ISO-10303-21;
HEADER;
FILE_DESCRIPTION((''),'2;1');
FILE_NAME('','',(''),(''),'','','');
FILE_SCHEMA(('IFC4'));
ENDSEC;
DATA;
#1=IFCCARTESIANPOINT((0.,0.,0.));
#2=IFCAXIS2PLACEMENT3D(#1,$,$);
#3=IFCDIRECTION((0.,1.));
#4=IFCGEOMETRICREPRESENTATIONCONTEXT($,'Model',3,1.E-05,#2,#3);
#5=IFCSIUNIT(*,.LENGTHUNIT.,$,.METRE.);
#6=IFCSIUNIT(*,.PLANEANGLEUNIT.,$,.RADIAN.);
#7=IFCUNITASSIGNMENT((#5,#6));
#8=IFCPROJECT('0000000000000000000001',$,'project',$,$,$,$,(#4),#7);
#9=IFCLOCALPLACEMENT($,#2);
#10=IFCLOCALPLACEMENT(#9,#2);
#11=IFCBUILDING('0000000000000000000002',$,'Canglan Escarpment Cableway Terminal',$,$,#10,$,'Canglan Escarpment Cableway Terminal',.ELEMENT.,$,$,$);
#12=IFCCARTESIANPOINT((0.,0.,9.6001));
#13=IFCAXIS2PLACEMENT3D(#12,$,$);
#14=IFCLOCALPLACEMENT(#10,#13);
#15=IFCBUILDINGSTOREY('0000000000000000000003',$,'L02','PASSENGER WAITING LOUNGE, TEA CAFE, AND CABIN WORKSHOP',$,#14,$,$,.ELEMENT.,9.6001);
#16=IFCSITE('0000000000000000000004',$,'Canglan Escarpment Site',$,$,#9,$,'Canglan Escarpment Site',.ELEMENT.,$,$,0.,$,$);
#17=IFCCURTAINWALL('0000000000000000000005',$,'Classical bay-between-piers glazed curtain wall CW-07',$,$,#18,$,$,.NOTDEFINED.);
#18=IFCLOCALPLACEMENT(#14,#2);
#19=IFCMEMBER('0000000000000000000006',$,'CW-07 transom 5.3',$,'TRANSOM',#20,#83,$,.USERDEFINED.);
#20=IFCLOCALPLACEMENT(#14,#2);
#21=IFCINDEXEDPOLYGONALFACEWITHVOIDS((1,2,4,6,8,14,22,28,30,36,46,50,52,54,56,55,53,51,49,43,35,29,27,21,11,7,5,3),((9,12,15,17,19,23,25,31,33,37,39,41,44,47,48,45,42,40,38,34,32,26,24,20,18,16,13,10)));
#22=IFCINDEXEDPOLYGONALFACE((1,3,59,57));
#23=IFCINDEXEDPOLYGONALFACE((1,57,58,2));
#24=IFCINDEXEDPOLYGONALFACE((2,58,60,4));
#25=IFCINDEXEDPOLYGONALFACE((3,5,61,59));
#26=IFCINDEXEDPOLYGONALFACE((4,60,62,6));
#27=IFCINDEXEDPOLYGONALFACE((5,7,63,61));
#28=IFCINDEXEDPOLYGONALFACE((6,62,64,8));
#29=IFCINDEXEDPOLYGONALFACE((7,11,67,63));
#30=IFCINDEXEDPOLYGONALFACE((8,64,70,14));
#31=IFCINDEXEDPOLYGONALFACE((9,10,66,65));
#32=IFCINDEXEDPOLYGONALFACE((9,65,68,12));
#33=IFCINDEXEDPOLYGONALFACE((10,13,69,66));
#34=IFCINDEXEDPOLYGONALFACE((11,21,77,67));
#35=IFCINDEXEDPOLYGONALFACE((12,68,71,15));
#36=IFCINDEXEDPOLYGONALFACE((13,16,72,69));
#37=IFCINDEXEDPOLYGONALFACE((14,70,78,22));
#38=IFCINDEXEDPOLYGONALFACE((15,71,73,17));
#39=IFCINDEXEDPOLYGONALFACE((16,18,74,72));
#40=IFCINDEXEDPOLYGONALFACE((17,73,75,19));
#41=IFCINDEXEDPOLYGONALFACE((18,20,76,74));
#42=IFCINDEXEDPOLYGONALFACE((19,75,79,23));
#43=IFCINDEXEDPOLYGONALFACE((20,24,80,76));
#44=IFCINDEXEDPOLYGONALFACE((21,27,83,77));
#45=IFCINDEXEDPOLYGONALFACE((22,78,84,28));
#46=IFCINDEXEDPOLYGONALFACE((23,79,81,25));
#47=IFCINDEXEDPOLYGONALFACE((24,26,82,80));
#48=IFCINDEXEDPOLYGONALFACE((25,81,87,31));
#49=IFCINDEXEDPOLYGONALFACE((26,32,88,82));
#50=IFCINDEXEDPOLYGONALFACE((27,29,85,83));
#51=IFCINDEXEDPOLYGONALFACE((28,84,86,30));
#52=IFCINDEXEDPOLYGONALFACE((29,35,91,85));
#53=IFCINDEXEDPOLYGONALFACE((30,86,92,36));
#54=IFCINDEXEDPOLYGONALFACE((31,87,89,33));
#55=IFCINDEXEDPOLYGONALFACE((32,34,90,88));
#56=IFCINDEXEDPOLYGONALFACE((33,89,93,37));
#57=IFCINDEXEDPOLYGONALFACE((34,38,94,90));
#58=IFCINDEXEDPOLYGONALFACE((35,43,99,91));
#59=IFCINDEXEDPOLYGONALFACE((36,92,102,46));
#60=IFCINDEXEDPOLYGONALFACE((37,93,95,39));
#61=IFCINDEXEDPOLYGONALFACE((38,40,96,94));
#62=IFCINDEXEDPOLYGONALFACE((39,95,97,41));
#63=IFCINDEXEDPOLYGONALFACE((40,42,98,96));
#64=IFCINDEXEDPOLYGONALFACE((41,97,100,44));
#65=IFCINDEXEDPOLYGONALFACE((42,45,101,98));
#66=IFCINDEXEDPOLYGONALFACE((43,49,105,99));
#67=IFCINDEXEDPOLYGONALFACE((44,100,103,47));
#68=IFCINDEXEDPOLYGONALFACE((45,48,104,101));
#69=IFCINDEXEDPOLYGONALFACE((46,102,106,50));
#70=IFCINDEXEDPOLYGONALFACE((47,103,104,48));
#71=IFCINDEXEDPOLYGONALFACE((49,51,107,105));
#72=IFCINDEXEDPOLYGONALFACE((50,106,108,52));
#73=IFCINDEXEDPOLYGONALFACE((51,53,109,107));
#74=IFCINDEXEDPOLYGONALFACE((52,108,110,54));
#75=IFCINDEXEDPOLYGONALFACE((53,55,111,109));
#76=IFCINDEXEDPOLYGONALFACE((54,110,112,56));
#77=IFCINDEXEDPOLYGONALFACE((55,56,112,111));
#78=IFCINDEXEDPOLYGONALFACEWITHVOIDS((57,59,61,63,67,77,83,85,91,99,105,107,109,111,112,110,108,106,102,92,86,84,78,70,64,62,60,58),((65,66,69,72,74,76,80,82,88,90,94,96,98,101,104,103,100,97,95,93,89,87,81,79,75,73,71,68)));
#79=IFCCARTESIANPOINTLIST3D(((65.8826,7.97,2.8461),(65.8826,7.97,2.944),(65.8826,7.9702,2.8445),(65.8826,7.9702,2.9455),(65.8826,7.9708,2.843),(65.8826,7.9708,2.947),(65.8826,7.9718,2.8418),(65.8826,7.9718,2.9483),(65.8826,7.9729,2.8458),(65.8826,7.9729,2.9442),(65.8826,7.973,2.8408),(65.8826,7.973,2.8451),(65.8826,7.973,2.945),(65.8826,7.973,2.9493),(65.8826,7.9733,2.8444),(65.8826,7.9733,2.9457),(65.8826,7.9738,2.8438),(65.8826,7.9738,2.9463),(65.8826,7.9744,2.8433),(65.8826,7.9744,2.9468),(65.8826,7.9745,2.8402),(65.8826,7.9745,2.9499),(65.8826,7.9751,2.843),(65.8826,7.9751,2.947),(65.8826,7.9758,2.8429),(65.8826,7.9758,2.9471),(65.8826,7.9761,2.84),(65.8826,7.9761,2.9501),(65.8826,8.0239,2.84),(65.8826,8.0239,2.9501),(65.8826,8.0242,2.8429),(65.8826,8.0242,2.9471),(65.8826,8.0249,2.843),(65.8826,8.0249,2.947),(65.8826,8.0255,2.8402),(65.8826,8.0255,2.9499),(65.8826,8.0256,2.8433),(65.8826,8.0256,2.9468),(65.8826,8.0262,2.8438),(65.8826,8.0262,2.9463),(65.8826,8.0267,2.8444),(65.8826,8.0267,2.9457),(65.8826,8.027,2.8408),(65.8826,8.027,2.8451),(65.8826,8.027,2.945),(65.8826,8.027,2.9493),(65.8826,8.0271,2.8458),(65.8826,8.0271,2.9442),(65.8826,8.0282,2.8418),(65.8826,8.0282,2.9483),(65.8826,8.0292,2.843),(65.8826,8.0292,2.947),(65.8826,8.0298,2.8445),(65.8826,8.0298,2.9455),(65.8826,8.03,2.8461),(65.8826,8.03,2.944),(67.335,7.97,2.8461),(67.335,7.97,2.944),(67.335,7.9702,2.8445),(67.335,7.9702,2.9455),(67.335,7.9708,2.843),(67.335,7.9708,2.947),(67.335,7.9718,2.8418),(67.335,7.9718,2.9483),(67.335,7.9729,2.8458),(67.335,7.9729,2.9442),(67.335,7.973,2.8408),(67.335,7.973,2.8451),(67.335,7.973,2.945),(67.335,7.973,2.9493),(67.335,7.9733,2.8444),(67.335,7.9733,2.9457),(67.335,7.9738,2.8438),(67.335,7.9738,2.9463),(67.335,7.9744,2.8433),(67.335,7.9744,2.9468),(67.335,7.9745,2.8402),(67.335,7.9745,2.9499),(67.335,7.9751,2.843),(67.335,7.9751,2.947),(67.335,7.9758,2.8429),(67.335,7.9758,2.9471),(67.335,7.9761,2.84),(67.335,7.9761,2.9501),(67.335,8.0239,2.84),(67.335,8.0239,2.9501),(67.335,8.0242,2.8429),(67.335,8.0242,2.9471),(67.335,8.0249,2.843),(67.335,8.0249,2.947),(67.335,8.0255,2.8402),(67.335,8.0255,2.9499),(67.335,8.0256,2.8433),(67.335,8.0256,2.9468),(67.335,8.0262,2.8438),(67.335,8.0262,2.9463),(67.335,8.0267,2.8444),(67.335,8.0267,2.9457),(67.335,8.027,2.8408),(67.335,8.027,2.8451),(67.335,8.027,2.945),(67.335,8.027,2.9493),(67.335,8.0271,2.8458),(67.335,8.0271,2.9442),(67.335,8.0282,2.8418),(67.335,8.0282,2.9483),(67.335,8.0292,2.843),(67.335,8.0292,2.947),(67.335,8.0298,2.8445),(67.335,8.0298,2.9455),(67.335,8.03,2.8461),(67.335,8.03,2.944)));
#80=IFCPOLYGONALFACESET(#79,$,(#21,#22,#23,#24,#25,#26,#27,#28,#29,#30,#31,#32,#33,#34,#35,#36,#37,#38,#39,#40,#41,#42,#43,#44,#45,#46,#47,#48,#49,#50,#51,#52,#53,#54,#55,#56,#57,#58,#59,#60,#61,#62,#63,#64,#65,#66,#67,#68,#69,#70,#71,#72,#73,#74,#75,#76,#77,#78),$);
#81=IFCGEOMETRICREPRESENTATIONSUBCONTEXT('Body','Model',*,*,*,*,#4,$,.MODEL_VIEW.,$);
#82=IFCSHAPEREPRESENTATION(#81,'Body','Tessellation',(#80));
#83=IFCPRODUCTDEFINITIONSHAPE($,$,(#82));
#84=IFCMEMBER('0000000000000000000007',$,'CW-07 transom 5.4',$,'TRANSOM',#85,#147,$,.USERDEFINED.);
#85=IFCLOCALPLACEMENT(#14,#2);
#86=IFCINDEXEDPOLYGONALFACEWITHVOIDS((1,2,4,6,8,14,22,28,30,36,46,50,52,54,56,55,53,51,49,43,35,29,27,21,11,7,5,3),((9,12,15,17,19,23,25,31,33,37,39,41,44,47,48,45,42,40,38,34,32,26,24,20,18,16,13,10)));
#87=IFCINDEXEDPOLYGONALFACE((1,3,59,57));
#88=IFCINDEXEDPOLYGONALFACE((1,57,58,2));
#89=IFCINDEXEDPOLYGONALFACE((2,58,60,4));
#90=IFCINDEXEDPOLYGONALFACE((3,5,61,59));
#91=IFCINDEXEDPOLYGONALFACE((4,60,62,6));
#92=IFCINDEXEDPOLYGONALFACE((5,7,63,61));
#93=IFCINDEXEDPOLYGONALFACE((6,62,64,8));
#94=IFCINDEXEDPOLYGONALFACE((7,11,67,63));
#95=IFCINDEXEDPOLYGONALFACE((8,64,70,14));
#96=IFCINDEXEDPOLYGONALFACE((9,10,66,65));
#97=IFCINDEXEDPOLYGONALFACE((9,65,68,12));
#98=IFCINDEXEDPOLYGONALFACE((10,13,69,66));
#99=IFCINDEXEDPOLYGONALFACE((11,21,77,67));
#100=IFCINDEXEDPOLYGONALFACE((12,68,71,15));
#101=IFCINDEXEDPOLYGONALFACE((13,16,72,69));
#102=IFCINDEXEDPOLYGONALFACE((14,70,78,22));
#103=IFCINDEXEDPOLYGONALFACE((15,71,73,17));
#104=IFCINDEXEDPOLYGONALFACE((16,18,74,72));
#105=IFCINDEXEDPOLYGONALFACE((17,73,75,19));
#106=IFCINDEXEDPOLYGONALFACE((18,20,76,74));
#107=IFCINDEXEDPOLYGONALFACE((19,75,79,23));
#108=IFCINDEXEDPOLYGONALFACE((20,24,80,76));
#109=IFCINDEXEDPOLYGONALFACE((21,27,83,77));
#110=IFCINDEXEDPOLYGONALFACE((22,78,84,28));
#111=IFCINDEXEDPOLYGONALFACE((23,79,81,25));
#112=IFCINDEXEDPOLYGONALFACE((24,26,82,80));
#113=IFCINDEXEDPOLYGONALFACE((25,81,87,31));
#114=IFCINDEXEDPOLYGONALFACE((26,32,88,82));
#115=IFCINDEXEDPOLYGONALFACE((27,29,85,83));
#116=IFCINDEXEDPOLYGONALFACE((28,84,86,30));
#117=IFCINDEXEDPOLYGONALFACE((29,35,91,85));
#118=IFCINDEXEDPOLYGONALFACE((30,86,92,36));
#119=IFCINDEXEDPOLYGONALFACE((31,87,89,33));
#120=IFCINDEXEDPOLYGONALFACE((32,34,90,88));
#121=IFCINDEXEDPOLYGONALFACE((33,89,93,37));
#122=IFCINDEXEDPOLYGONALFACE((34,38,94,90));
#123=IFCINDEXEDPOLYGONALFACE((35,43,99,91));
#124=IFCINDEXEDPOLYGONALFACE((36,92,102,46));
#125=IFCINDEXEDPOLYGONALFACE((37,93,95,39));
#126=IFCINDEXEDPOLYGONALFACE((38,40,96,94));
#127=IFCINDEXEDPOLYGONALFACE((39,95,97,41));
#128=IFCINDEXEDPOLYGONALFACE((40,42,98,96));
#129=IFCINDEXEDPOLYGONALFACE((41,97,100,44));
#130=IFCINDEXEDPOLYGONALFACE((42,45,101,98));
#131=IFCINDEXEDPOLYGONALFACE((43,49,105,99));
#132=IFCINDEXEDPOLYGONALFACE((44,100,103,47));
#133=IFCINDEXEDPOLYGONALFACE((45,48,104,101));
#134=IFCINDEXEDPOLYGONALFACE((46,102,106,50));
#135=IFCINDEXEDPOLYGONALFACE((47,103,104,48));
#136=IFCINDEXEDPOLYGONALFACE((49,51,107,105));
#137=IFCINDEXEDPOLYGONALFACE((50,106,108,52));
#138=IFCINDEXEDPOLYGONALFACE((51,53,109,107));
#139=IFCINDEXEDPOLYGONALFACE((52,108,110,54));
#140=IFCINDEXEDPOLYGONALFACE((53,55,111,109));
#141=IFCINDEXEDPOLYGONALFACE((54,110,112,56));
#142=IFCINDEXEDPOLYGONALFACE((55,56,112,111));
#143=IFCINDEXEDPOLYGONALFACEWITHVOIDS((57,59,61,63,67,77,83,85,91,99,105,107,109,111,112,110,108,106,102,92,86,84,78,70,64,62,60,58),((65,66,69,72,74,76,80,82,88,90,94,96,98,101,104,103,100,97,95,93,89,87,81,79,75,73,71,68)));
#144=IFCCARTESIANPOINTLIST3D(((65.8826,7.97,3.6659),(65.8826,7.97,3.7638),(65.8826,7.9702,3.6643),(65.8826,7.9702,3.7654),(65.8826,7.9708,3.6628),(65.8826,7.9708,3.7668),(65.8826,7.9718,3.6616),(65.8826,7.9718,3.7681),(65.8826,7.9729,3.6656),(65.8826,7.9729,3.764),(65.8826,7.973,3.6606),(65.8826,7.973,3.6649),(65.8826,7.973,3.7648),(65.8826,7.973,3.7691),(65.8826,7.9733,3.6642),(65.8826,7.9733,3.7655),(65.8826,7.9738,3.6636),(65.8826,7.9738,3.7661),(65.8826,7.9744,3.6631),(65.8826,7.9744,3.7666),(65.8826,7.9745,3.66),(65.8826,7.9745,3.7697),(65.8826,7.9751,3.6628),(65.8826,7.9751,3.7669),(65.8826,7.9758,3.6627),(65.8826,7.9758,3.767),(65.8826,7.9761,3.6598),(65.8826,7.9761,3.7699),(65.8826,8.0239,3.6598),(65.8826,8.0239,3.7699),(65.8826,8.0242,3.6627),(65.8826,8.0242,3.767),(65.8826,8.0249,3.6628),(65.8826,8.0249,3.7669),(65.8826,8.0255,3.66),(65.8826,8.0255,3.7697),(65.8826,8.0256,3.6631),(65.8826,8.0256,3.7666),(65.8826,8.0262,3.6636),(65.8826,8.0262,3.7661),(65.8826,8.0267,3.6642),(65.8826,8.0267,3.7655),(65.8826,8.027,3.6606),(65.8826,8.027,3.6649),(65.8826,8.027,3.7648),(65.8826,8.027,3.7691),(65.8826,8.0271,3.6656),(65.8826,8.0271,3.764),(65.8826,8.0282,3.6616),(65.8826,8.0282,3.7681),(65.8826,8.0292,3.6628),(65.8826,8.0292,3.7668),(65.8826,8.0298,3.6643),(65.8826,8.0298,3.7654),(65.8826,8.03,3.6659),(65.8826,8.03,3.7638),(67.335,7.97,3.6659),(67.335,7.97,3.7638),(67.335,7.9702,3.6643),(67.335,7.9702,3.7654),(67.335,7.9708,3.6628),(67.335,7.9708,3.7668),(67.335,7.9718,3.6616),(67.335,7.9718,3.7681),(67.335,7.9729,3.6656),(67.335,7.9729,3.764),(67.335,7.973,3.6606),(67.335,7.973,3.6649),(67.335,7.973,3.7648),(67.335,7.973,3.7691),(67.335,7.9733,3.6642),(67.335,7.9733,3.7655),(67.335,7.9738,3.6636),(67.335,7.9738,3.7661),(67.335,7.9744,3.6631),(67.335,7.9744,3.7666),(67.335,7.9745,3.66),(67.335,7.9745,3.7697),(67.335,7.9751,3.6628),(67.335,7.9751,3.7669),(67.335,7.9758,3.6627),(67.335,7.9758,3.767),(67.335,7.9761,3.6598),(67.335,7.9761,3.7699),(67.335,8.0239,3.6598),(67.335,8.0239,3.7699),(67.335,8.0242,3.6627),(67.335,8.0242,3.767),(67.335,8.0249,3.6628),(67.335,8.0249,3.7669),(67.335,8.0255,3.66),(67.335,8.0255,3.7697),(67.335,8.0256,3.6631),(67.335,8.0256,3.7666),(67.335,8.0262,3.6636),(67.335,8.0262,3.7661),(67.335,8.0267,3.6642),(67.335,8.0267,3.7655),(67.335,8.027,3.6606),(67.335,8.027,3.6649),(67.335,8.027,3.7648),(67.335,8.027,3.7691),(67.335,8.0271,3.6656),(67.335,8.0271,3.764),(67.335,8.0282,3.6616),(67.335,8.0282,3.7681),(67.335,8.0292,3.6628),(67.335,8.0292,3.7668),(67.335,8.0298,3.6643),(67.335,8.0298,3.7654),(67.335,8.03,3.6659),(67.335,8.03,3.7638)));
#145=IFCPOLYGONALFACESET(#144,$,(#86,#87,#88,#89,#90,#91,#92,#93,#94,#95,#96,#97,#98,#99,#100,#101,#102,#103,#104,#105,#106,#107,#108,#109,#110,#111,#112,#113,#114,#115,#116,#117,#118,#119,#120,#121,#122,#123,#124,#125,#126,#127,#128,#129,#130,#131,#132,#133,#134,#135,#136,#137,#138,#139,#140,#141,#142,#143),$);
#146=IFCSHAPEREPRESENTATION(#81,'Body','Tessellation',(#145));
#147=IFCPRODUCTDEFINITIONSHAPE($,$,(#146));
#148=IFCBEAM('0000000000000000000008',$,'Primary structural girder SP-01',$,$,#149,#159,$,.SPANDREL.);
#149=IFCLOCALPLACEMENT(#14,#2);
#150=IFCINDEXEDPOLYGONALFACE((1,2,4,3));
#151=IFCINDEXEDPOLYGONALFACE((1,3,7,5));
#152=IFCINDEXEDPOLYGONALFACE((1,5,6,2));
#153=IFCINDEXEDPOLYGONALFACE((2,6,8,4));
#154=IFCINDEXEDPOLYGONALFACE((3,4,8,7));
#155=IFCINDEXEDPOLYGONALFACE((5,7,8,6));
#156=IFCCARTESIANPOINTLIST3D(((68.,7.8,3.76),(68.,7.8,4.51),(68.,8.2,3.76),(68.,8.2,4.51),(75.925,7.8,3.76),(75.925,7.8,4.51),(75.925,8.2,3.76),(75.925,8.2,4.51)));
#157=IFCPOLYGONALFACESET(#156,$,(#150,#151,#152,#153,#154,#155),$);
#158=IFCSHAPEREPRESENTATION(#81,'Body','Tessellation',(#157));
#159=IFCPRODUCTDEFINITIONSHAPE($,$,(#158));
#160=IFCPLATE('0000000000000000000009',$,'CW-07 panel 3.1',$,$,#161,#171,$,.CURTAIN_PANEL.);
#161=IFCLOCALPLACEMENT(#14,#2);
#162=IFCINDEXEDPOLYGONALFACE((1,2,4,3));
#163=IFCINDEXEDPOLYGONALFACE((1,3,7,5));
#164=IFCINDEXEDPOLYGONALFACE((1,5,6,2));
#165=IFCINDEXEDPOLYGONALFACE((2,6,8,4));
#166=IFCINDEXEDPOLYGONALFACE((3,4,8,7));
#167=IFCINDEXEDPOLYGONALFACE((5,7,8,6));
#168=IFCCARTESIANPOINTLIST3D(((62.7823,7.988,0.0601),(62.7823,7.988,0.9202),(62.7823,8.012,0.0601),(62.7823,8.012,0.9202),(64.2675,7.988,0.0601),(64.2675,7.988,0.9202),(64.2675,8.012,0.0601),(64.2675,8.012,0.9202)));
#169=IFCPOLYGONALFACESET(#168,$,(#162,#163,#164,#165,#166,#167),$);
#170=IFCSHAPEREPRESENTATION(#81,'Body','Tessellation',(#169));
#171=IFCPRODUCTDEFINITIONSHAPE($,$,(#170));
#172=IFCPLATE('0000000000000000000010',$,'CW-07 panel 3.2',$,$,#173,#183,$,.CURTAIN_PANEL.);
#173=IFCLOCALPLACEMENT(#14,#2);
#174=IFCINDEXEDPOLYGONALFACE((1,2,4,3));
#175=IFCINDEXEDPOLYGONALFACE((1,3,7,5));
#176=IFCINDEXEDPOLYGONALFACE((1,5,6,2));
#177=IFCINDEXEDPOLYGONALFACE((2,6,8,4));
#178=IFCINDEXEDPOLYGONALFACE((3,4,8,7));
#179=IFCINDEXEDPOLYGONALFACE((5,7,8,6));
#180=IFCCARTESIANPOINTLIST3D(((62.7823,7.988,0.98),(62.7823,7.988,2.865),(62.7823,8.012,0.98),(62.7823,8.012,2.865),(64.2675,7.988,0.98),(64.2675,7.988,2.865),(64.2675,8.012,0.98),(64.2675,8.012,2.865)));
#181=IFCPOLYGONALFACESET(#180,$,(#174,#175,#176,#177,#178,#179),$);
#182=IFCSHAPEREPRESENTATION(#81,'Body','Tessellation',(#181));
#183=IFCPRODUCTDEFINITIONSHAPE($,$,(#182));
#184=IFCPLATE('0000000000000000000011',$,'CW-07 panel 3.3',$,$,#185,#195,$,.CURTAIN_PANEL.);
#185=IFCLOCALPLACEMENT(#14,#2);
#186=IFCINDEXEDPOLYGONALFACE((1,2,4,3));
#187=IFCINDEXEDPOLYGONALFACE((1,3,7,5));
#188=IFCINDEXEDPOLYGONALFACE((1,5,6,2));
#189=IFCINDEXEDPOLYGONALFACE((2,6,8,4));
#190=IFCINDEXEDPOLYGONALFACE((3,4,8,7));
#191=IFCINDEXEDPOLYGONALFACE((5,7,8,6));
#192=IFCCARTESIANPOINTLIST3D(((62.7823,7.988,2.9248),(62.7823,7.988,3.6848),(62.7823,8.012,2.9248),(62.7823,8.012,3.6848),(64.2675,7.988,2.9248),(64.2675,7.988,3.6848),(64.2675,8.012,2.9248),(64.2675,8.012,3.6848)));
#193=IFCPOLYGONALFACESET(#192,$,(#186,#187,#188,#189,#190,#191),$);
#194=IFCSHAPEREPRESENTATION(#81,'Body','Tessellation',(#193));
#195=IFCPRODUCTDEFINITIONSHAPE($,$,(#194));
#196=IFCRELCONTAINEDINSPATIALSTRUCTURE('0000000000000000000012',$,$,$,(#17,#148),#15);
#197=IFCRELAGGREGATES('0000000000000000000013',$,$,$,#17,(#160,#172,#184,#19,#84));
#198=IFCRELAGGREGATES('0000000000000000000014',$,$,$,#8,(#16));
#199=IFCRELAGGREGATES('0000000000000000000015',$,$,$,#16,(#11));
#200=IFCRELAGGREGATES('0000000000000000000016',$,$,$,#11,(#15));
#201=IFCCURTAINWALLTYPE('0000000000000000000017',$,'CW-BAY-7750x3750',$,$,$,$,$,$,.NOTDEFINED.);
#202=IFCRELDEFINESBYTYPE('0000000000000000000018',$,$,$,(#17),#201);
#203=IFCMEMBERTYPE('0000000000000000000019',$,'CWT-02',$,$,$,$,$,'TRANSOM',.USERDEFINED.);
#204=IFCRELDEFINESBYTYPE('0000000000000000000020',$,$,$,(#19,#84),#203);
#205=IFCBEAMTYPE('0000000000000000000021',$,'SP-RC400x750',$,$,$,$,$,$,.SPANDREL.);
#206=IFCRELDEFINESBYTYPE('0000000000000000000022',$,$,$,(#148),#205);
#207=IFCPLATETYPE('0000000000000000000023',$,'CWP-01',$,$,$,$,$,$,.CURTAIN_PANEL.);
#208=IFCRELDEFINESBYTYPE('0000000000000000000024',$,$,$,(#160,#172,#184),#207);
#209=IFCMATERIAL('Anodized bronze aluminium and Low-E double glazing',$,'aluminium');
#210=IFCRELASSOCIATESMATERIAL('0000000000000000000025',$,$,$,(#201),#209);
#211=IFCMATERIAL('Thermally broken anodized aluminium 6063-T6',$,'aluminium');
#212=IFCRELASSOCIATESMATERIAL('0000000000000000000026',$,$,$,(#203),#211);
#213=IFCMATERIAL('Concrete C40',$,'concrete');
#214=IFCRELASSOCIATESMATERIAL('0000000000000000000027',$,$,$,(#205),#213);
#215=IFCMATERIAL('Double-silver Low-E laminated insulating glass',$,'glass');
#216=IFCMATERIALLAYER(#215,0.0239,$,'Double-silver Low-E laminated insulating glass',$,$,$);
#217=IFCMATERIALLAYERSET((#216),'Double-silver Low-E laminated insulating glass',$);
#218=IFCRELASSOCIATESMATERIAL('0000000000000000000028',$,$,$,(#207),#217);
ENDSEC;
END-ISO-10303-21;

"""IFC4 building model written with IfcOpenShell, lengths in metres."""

from ifc_helpers import new_model, si_unit, direction, frame, origin, origin_2d, place, context, subcontext, project, spatial, rectangle, hollow_rectangle, extrude, material, layer, layer_set, material_profile, profile_set, type_object, element, aggregate, save


model = new_model("IFC4")

# Units and contexts
model_context = context("Model", 3, precision=1e-05, world=origin(), true_north=direction((0.0, 1.0)))
body_context = subcontext(model_context, "Body", "Model", "MODEL_VIEW")
ifc_project = project(units=[si_unit("LENGTHUNIT", "METRE"), si_unit("PLANEANGLEUNIT", "RADIAN")], contexts=[model_context])

# Site, building, storey
site_placement = place(None, origin())
site = spatial("IfcSite", under=ifc_project, at=site_placement, Name="Canglan Escarpment Site", LongName="Canglan Escarpment Site", CompositionType="ELEMENT", RefElevation=0.0)
building_placement = place(site_placement, origin())
building = spatial("IfcBuilding", under=site, at=building_placement, Name="Canglan Escarpment Cableway Terminal", LongName="Canglan Escarpment Cableway Terminal", CompositionType="ELEMENT")
storey_placement = place(building_placement, frame((0.0, 0.0, 9.6001)))
storey = spatial("IfcBuildingStorey", under=building, at=storey_placement, Name="L02", Description="PASSENGER WAITING LOUNGE, TEA CAFE, AND CABIN WORKSHOP", CompositionType="ELEMENT", Elevation=9.6001)

# Shared definitions
ifc_material_1 = material(Name="Concrete C40", Category="concrete")

# Curtain wall, members
ifc_material_2 = material(Name="Anodized bronze aluminium and Low-E double glazing", Category="aluminium")
curtain_wall_type = type_object("IfcCurtainWallType", Name="CW-BAY-7750x3750", PredefinedType="NOTDEFINED", material=ifc_material_2)
curtain_wall_placement = place(storey_placement, origin())
curtain_wall = element("IfcCurtainWall", 1, at=curtain_wall_placement, inside=storey, type_object=curtain_wall_type, Name="Classical bay-between-piers glazed curtain wall CW-07", PredefinedType="NOTDEFINED")
ifc_material_3 = material(Name="Thermally broken anodized aluminium 6063-T6", Category="aluminium")
ifc_material_profile_1 = material_profile(ifc_material_3, hollow_rectangle(XDim=0.0601, YDim=0.1101, WallThickness=0.0029, InnerFilletRadius=0.0029, OuterFilletRadius=0.0061, at=origin_2d()), Name="ALU-TRAN 60x110x3")
ifc_profile_set_1 = profile_set([ifc_material_profile_1], Name="Thermally broken anodized aluminium 6063-T6")
member_type_1 = type_object("IfcMemberType", Name="CWT-02", ElementType="TRANSOM", PredefinedType="USERDEFINED", material=ifc_profile_set_1)
member_1_placement = place(storey_placement, frame((65.8826, 8.0, 2.895), z_axis=(1.0, 0.0, 0.0), x_axis=(0.0, 1.0, 0.0)))
member_1 = element("IfcMember", 2, at=member_1_placement, type_object=member_type_1, Name="CW-07 transom 5.3", ObjectType="TRANSOM", PredefinedType="USERDEFINED", context=body_context, shape_type="SweptSolid", body=[
    extrude(hollow_rectangle(XDim=0.0601, YDim=0.1101, WallThickness=0.0029, InnerFilletRadius=0.0029, OuterFilletRadius=0.0061, at=origin_2d()), origin(), (0.0, 0.0, 1.0), 1.4524),
])
member_2_placement = place(storey_placement, frame((65.8826, 8.0, 3.7148), z_axis=(1.0, 0.0, 0.0), x_axis=(0.0, 1.0, 0.0)))
member_2 = element("IfcMember", 3, at=member_2_placement, type_object=member_type_1, Name="CW-07 transom 5.4", ObjectType="TRANSOM", PredefinedType="USERDEFINED", context=body_context, shape_type="SweptSolid", body=[
    extrude(hollow_rectangle(XDim=0.0601, YDim=0.1101, WallThickness=0.0029, InnerFilletRadius=0.0029, OuterFilletRadius=0.0061, at=origin_2d()), origin(), (0.0, 0.0, 1.0), 1.4524),
])

# Beam
ifc_material_profile_2 = material_profile(ifc_material_1, rectangle(XDim=0.3999, YDim=0.75, at=origin_2d()), Name="RC 400x750")
ifc_profile_set_2 = profile_set([ifc_material_profile_2], Name="Concrete C40")
beam_type = type_object("IfcBeamType", Name="SP-RC400x750", PredefinedType="SPANDREL", material=ifc_profile_set_2)
beam_placement = place(storey_placement, frame((68.0, 8.0, 4.135), z_axis=(1.0, 0.0, 0.0), x_axis=(0.0, 1.0, 0.0)))
element("IfcBeam", 4, at=beam_placement, inside=storey, type_object=beam_type, Name="Primary structural girder SP-01", PredefinedType="SPANDREL", context=body_context, shape_type="SweptSolid", body=[
    extrude(rectangle(XDim=0.3999, YDim=0.75, at=origin_2d()), origin(), (0.0, 0.0, 1.0), 7.925),
])

# Plates
ifc_material_4 = material(Name="Double-silver Low-E laminated insulating glass", Category="glass")
ifc_layer_1 = layer(ifc_material_4, 0.0239, Name="Double-silver Low-E laminated insulating glass")
ifc_layer_set_1 = layer_set([ifc_layer_1], Name="Double-silver Low-E laminated insulating glass")
plate_type = type_object("IfcPlateType", Name="CWP-01", PredefinedType="CURTAIN_PANEL", material=ifc_layer_set_1)
plate_1_placement = place(storey_placement, frame((63.5249, 8.0, 0.0601), z_axis=(0.0, 0.0, 1.0), x_axis=(1.0, 0.0, 0.0)))
plate_1 = element("IfcPlate", 5, at=plate_1_placement, type_object=plate_type, Name="CW-07 panel 3.1", PredefinedType="CURTAIN_PANEL", context=body_context, shape_type="SweptSolid", body=[
    extrude(rectangle(XDim=1.4851, YDim=0.0239, at=origin_2d()), origin(), (0.0, 0.0, 1.0), 0.8601),
])
plate_2_placement = place(storey_placement, frame((63.5249, 8.0, 0.98), z_axis=(0.0, 0.0, 1.0), x_axis=(1.0, 0.0, 0.0)))
plate_2 = element("IfcPlate", 6, at=plate_2_placement, type_object=plate_type, Name="CW-07 panel 3.2", PredefinedType="CURTAIN_PANEL", context=body_context, shape_type="SweptSolid", body=[
    extrude(rectangle(XDim=1.4851, YDim=0.0239, at=origin_2d()), origin(), (0.0, 0.0, 1.0), 1.885),
])
plate_3_placement = place(storey_placement, frame((63.5249, 8.0, 2.9248), z_axis=(0.0, 0.0, 1.0), x_axis=(1.0, 0.0, 0.0)))
plate_3 = element("IfcPlate", 7, at=plate_3_placement, type_object=plate_type, Name="CW-07 panel 3.3", PredefinedType="CURTAIN_PANEL", context=body_context, shape_type="SweptSolid", body=[
    extrude(rectangle(XDim=1.4851, YDim=0.0239, at=origin_2d()), origin(), (0.0, 0.0, 1.0), 0.76),
])
aggregate(curtain_wall, [plate_1, plate_2, plate_3, member_1, member_2])

save(model, "model.ifc")
